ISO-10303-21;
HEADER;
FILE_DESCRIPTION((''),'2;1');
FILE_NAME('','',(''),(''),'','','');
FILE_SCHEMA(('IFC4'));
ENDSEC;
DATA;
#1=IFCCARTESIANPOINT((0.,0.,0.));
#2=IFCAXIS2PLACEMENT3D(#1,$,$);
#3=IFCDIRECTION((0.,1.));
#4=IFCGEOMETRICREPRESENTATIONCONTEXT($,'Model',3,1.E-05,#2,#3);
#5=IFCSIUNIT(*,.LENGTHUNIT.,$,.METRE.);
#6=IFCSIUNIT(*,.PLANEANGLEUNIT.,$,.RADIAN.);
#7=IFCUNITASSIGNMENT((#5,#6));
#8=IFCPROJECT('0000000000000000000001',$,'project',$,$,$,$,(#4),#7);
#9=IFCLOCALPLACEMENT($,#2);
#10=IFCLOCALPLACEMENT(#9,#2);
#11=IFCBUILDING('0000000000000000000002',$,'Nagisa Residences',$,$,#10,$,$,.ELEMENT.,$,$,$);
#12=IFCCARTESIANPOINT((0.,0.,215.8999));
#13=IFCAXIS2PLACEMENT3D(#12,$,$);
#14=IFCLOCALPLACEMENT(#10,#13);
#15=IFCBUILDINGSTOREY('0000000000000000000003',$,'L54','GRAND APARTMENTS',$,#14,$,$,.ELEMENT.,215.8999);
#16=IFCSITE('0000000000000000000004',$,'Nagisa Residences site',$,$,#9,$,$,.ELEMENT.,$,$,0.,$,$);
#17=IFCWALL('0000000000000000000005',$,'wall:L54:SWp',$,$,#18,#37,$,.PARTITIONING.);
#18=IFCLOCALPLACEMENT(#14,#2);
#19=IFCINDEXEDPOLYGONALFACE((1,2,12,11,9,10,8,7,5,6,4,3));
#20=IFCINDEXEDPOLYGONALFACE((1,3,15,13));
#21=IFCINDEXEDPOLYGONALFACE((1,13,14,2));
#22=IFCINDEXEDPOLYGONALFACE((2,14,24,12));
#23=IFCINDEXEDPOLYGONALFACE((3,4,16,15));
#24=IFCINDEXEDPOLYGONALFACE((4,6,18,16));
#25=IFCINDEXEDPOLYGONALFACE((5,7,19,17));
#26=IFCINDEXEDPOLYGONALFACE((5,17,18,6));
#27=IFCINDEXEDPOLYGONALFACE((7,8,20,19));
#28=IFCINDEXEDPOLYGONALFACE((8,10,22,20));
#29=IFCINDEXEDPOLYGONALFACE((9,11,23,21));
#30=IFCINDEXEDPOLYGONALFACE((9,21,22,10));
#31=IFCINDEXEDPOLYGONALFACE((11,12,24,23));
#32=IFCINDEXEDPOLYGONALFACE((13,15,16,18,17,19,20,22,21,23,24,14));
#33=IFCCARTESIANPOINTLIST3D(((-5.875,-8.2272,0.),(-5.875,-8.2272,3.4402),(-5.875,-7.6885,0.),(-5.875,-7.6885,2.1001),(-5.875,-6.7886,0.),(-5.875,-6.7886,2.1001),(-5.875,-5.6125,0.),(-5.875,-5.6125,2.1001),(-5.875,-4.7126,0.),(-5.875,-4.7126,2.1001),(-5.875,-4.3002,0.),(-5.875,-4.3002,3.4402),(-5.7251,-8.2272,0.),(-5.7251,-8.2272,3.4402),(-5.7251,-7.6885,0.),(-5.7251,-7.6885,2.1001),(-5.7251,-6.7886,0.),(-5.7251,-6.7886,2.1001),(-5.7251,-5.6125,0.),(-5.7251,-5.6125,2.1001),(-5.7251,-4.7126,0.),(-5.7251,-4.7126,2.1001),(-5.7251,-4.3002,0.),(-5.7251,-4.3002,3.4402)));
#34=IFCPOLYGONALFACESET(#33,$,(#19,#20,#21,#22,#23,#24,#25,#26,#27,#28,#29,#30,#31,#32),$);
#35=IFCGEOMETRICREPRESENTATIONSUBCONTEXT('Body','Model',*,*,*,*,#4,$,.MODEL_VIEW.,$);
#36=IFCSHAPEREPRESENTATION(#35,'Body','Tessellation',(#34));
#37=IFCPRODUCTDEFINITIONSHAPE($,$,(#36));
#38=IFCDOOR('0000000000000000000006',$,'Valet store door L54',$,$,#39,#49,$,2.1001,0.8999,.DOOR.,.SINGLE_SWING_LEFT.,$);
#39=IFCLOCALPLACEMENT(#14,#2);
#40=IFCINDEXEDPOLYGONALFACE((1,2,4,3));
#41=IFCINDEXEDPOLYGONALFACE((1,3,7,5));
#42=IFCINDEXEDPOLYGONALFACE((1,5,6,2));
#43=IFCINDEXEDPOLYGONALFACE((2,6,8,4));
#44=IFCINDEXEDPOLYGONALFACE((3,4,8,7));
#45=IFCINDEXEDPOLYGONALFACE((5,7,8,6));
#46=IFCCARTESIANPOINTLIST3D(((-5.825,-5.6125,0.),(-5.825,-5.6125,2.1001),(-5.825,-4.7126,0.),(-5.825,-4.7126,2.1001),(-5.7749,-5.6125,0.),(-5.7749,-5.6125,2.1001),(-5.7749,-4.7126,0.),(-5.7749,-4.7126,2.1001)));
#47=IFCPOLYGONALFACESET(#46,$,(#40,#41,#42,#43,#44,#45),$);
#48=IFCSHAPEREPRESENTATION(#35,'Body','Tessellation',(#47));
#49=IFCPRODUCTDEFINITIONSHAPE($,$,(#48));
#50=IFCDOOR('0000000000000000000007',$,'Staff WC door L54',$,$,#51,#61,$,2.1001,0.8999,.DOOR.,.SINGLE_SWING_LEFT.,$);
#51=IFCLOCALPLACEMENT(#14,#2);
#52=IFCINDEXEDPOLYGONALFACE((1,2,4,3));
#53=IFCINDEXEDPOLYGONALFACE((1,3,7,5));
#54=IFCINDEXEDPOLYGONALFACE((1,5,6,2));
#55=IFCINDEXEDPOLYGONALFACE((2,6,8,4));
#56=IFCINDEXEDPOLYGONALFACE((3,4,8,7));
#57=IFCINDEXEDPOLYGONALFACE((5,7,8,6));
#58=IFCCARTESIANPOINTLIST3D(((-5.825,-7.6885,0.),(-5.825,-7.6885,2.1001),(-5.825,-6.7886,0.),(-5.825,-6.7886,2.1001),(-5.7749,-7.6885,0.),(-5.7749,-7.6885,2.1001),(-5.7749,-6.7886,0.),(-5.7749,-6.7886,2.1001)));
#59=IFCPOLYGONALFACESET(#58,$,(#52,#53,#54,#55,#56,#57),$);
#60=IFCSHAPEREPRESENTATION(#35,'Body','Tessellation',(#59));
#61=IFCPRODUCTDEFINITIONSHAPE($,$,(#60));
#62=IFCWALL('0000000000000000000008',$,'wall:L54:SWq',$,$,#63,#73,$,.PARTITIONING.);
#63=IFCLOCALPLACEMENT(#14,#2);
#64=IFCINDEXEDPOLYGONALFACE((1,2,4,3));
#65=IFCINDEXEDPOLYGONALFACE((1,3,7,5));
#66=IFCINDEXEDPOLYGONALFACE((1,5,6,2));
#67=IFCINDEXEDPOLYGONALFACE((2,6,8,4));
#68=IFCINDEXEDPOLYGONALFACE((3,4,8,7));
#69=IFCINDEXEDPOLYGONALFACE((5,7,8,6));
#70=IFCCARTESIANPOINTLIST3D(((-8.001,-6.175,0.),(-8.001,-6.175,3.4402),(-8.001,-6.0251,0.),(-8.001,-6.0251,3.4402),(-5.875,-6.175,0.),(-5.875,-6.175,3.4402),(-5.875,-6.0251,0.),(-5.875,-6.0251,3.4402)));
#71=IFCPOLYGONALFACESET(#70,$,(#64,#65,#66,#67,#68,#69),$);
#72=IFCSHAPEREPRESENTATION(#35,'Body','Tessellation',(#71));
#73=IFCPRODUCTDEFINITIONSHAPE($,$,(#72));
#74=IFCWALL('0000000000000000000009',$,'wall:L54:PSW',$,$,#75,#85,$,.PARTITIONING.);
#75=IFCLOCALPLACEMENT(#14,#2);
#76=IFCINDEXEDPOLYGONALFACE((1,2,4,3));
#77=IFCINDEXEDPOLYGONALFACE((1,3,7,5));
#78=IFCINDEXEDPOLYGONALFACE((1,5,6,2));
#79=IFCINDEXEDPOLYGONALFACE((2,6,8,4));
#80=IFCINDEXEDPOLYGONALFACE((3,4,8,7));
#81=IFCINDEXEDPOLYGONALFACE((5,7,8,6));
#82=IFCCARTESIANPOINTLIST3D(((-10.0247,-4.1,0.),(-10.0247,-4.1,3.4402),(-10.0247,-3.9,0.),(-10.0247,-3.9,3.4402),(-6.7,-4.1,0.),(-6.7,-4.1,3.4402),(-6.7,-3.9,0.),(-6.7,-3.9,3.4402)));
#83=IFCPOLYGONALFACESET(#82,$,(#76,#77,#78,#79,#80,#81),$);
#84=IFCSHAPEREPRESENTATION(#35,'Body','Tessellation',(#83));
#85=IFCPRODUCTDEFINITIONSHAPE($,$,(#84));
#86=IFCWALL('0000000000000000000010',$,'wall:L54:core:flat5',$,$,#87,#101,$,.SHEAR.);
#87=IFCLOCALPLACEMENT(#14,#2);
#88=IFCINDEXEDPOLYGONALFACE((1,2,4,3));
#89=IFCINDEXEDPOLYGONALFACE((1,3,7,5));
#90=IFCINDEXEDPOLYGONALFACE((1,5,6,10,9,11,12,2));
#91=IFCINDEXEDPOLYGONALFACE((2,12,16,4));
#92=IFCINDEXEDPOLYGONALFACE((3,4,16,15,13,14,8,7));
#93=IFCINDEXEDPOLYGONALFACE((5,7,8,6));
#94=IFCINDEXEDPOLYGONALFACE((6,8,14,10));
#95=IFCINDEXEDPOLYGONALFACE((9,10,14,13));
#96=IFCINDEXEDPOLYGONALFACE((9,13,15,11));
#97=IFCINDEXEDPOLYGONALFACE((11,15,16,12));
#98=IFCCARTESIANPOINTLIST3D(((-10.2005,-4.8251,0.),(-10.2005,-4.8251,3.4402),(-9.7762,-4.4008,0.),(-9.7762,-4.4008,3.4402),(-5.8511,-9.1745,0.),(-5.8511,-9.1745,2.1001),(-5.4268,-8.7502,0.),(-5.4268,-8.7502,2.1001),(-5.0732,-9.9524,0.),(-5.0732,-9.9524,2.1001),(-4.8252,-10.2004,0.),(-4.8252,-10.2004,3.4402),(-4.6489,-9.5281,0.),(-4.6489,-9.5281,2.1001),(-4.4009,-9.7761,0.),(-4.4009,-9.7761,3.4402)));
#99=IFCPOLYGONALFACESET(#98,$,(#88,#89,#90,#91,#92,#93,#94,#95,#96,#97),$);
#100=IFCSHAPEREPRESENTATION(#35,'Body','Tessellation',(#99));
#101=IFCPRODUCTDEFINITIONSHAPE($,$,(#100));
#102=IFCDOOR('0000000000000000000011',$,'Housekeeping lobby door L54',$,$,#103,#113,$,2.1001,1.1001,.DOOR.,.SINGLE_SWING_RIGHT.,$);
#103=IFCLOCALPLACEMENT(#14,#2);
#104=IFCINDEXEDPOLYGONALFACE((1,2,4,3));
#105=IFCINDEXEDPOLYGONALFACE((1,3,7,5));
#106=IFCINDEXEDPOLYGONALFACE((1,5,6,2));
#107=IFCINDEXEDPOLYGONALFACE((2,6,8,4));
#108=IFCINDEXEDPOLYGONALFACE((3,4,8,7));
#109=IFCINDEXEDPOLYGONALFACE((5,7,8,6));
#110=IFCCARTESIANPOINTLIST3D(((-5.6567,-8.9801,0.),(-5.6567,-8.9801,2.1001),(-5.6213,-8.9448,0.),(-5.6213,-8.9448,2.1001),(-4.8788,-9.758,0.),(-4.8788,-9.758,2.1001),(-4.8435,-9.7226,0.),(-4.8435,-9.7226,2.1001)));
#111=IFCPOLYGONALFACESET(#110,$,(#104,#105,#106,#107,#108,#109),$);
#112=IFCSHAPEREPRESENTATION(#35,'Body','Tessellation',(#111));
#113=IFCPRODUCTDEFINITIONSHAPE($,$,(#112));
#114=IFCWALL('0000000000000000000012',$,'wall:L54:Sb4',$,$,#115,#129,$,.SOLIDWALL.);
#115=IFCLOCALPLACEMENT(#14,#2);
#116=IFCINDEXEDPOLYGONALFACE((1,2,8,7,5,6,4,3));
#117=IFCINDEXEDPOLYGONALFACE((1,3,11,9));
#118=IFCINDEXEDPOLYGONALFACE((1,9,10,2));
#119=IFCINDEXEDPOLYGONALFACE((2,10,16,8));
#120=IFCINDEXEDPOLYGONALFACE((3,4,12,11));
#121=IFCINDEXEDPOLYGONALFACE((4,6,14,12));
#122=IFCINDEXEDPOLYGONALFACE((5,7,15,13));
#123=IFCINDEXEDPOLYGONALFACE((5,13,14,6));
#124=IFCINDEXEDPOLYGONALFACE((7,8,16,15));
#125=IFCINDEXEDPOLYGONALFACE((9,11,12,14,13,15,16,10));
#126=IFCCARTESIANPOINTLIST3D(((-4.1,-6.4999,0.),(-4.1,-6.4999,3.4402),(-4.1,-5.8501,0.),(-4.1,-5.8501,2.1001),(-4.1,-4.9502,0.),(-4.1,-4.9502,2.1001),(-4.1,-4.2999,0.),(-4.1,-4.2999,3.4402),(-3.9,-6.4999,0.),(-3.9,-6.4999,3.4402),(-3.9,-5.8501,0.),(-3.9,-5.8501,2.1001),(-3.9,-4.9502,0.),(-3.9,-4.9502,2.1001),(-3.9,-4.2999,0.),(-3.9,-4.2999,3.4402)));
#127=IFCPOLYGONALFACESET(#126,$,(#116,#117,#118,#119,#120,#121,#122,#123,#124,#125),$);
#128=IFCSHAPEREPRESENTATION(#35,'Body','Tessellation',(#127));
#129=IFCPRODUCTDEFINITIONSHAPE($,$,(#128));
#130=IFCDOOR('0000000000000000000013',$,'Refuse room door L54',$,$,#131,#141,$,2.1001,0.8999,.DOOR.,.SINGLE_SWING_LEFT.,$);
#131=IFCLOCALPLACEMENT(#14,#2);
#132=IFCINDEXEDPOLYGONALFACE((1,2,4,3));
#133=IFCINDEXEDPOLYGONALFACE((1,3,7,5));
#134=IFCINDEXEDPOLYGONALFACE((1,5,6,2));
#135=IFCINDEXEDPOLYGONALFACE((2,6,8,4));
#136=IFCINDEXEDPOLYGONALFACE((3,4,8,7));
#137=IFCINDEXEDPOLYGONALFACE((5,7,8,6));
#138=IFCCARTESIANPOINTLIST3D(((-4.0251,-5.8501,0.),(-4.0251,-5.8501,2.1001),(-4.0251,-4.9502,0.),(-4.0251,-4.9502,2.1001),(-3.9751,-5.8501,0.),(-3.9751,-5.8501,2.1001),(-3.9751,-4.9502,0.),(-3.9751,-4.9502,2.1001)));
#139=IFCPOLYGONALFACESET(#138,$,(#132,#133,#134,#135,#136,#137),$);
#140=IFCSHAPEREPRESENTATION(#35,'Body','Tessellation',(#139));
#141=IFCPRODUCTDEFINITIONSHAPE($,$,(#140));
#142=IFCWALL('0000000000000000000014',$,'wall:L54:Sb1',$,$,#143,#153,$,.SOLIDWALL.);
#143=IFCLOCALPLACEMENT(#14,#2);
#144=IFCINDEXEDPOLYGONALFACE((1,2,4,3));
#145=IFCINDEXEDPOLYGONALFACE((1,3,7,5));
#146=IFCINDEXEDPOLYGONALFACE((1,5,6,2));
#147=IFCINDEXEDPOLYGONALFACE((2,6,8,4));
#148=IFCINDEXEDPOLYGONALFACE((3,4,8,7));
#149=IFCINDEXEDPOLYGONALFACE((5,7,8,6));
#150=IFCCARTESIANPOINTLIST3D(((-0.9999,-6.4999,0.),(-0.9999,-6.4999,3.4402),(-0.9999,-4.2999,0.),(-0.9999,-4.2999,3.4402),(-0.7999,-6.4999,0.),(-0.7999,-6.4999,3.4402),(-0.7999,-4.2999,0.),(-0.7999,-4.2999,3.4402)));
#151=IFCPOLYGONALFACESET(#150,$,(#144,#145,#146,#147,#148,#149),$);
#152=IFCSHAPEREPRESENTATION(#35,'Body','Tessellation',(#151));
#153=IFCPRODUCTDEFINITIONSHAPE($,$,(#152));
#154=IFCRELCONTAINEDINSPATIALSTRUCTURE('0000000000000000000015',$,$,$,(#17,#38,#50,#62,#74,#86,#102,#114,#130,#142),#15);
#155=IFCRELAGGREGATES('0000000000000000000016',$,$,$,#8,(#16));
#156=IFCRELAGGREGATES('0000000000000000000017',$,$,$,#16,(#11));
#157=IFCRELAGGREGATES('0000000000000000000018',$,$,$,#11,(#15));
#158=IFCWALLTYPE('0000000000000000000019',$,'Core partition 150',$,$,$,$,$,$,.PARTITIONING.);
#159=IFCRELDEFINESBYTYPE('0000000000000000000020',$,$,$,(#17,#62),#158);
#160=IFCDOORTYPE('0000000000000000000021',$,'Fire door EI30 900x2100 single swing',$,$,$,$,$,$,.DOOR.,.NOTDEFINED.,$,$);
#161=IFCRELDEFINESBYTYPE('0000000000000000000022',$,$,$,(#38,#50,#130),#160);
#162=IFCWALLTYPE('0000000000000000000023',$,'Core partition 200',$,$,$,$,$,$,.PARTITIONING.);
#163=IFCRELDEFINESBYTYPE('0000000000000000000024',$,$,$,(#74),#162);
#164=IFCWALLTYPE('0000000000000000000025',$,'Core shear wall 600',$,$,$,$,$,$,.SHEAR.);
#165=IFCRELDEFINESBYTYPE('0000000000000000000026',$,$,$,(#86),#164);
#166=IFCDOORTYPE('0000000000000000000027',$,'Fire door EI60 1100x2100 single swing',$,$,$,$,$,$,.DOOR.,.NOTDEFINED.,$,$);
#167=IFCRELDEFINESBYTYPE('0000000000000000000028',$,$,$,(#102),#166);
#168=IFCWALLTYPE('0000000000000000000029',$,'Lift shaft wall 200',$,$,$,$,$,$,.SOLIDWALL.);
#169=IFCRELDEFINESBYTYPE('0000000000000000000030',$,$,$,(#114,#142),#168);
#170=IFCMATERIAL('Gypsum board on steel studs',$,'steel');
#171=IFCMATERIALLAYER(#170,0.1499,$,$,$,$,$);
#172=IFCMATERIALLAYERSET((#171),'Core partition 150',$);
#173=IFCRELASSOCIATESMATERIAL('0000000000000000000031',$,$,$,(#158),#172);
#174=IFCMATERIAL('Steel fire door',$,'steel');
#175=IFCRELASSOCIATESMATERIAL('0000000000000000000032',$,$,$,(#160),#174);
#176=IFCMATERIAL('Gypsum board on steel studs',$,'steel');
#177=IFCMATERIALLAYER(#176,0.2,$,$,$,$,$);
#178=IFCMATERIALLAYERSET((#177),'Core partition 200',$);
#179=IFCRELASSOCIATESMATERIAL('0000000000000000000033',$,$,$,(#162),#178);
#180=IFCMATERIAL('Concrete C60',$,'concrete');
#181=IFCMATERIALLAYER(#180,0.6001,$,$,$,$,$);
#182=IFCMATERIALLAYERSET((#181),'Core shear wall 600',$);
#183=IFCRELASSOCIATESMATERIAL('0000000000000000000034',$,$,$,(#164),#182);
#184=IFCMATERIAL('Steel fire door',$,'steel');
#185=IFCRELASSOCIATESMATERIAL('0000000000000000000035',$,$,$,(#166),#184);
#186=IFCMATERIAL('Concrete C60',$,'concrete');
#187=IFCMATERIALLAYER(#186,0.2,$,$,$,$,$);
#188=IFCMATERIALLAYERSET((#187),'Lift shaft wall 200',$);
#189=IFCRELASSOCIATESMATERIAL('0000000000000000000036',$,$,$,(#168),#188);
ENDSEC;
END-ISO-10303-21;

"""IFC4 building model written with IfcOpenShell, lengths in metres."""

from ifc_helpers import new_model, si_unit, direction, frame, frame_2d, origin, place, context, subcontext, project, spatial, rectangle, extrude, material, layer, layer_set, type_object, element, fill, save


model = new_model("IFC4")

# Units and contexts
model_context = context("Model", 3, precision=1e-05, world=origin(), true_north=direction((0.0, 1.0)))
body_context = subcontext(model_context, "Body", "Model", "MODEL_VIEW")
ifc_project = project(units=[si_unit("LENGTHUNIT", "METRE"), si_unit("PLANEANGLEUNIT", "RADIAN")], contexts=[model_context])

# Site, building, storey
site_placement = place(None, origin())
site = spatial("IfcSite", under=ifc_project, at=site_placement, Name="Nagisa Residences site", CompositionType="ELEMENT", RefElevation=0.0)
building_placement = place(site_placement, origin())
building = spatial("IfcBuilding", under=site, at=building_placement, Name="Nagisa Residences", CompositionType="ELEMENT")
storey_placement = place(building_placement, frame((0.0, 0.0, 215.8999)))
storey = spatial("IfcBuildingStorey", under=building, at=storey_placement, Name="L54", Description="GRAND APARTMENTS", CompositionType="ELEMENT", Elevation=215.8999)

# Wall, openings, doors
ifc_material_1 = material(Name="Gypsum board on steel studs", Category="steel")
ifc_layer_1 = layer(ifc_material_1, 0.1499)
ifc_layer_set_1 = layer_set([ifc_layer_1], Name="Core partition 150")
wall_type_1 = type_object("IfcWallType", Name="Core partition 150", PredefinedType="PARTITIONING", material=ifc_layer_set_1)
wall_1_placement = place(storey_placement, frame((-5.8, -8.2271, 0.0), z_axis=(0.0, 0.0, 1.0), x_axis=(0.0, 1.0, 0.0)))
wall_1 = element("IfcWall", 1, at=wall_1_placement, inside=storey, type_object=wall_type_1, Name="wall:L54:SWp", PredefinedType="PARTITIONING", context=body_context, shape_type="SweptSolid", body=[
    extrude(rectangle(XDim=3.927, YDim=0.1499, at=frame_2d((1.9634, 0.0))), origin(), (0.0, 0.0, 1.0), 3.4402),
])
opening_1_placement = place(wall_1_placement, frame((2.6145, 0.0, 0.0)))
opening_1 = element("IfcOpeningElement", 2, at=opening_1_placement, cuts=wall_1, PredefinedType="OPENING", context=body_context, shape_type="SweptSolid", body=[
    extrude(rectangle(XDim=0.8999, YDim=2.1001, at=frame_2d((0.45, 1.05))), frame((0.0, 0.085, 0.0), z_axis=(0.0, -1.0, 0.0), x_axis=(1.0, 0.0, 0.0)), (0.0, 0.0, 1.0), 0.1699),
])
opening_2_placement = place(wall_1_placement, frame((0.5386, 0.0, 0.0)))
opening_2 = element("IfcOpeningElement", 3, at=opening_2_placement, cuts=wall_1, PredefinedType="OPENING", context=body_context, shape_type="SweptSolid", body=[
    extrude(rectangle(XDim=0.8999, YDim=2.1001, at=frame_2d((0.45, 1.05))), frame((0.0, 0.085, 0.0), z_axis=(0.0, -1.0, 0.0), x_axis=(1.0, 0.0, 0.0)), (0.0, 0.0, 1.0), 0.1699),
])
ifc_material_2 = material(Name="Steel fire door", Category="steel")
door_type_1 = type_object("IfcDoorType", Name="Fire door EI30 900x2100 single swing", OperationType="NOTDEFINED", PredefinedType="DOOR", material=ifc_material_2)
door_1_placement = place(opening_1_placement, origin())
door_1 = element("IfcDoor", 4, at=door_1_placement, inside=storey, type_object=door_type_1, Name="Valet store door L54", OperationType="SINGLE_SWING_LEFT", OverallHeight=2.1001, OverallWidth=0.8999, PredefinedType="DOOR", context=body_context, shape_type="SweptSolid", body=[
    extrude(rectangle(XDim=0.8999, YDim=2.1001, at=frame_2d((0.45, 1.05))), frame((0.0, 0.0249, 0.0), z_axis=(0.0, -1.0, 0.0), x_axis=(1.0, 0.0, 0.0)), (0.0, 0.0, 1.0), 0.05),
])
fill(opening_1, door_1)
door_2_placement = place(opening_2_placement, origin())
door_2 = element("IfcDoor", 5, at=door_2_placement, inside=storey, type_object=door_type_1, Name="Staff WC door L54", OperationType="SINGLE_SWING_LEFT", OverallHeight=2.1001, OverallWidth=0.8999, PredefinedType="DOOR", context=body_context, shape_type="SweptSolid", body=[
    extrude(rectangle(XDim=0.8999, YDim=2.1001, at=frame_2d((0.45, 1.05))), frame((0.0, 0.0249, 0.0), z_axis=(0.0, -1.0, 0.0), x_axis=(1.0, 0.0, 0.0)), (0.0, 0.0, 1.0), 0.05),
])
fill(opening_2, door_2)

# Walls
wall_2_placement = place(storey_placement, frame((-8.001, -6.1001, 0.0), z_axis=(0.0, 0.0, 1.0), x_axis=(1.0, 0.0, 0.0)))
element("IfcWall", 6, at=wall_2_placement, inside=storey, type_object=wall_type_1, Name="wall:L54:SWq", PredefinedType="PARTITIONING", context=body_context, shape_type="SweptSolid", body=[
    extrude(rectangle(XDim=2.126, YDim=0.1499, at=frame_2d((1.063, 0.0))), origin(), (0.0, 0.0, 1.0), 3.4402),
])
ifc_material_3 = material(Name="Gypsum board on steel studs", Category="steel")
ifc_layer_2 = layer(ifc_material_3, 0.2)
ifc_layer_set_2 = layer_set([ifc_layer_2], Name="Core partition 200")
wall_type_2 = type_object("IfcWallType", Name="Core partition 200", PredefinedType="PARTITIONING", material=ifc_layer_set_2)
wall_3_placement = place(storey_placement, frame((-10.0247, -4.0, 0.0), z_axis=(0.0, 0.0, 1.0), x_axis=(1.0, 0.0, 0.0)))
element("IfcWall", 7, at=wall_3_placement, inside=storey, type_object=wall_type_2, Name="wall:L54:PSW", PredefinedType="PARTITIONING", context=body_context, shape_type="SweptSolid", body=[
    extrude(rectangle(XDim=3.3247, YDim=0.2, at=frame_2d((1.6624, 0.0))), origin(), (0.0, 0.0, 1.0), 3.4402),
])

# Walls, openings, doors
ifc_material_4 = material(Name="Concrete C60", Category="concrete")
ifc_layer_3 = layer(ifc_material_4, 0.6001)
ifc_layer_set_3 = layer_set([ifc_layer_3], Name="Core shear wall 600")
wall_type_3 = type_object("IfcWallType", Name="Core shear wall 600", PredefinedType="SHEAR", material=ifc_layer_set_3)
wall_4_placement = place(storey_placement, frame((-9.9883, -4.613, 0.0), z_axis=(0.0, 0.0, 1.0), x_axis=(0.707107, -0.707107, 0.0)))
wall_4 = element("IfcWall", 8, at=wall_4_placement, inside=storey, type_object=wall_type_3, Name="wall:L54:core:flat5", PredefinedType="SHEAR", context=body_context, shape_type="SweptSolid", body=[
    extrude(rectangle(XDim=7.6018, YDim=0.6001, at=frame_2d((3.8008, 0.0))), origin(), (0.0, 0.0, 1.0), 3.4402),
])
opening_3_placement = place(wall_4_placement, frame((6.1509, 0.0, 0.0)))
opening_3 = element("IfcOpeningElement", 9, at=opening_3_placement, cuts=wall_4, PredefinedType="OPENING", context=body_context, shape_type="SweptSolid", body=[
    extrude(rectangle(XDim=1.1001, YDim=2.1001, at=frame_2d((0.55, 1.05))), frame((0.0, 0.3101, 0.0), z_axis=(0.0, -1.0, 0.0), x_axis=(1.0, 0.0, 0.0)), (0.0, 0.0, 1.0), 0.6201),
])
ifc_material_5 = material(Name="Steel fire door", Category="steel")
door_type_2 = type_object("IfcDoorType", Name="Fire door EI60 1100x2100 single swing", OperationType="NOTDEFINED", PredefinedType="DOOR", material=ifc_material_5)
door_3_placement = place(opening_3_placement, origin())
door_3 = element("IfcDoor", 10, at=door_3_placement, inside=storey, type_object=door_type_2, Name="Housekeeping lobby door L54", OperationType="SINGLE_SWING_RIGHT", OverallHeight=2.1001, OverallWidth=1.1001, PredefinedType="DOOR", context=body_context, shape_type="SweptSolid", body=[
    extrude(rectangle(XDim=1.1001, YDim=2.1001, at=frame_2d((0.55, 1.05))), frame((0.0, 0.0249, 0.0), z_axis=(0.0, -1.0, 0.0), x_axis=(1.0, 0.0, 0.0)), (0.0, 0.0, 1.0), 0.05),
])
fill(opening_3, door_3)
ifc_material_6 = material(Name="Concrete C60", Category="concrete")
ifc_layer_4 = layer(ifc_material_6, 0.2)
ifc_layer_set_4 = layer_set([ifc_layer_4], Name="Lift shaft wall 200")
wall_type_4 = type_object("IfcWallType", Name="Lift shaft wall 200", PredefinedType="SOLIDWALL", material=ifc_layer_set_4)
wall_5_placement = place(storey_placement, frame((-4.0, -6.5, 0.0), z_axis=(0.0, 0.0, 1.0), x_axis=(0.0, 1.0, 0.0)))
wall_5 = element("IfcWall", 11, at=wall_5_placement, inside=storey, type_object=wall_type_4, Name="wall:L54:Sb4", PredefinedType="SOLIDWALL", context=body_context, shape_type="SweptSolid", body=[
    extrude(rectangle(XDim=2.2, YDim=0.2, at=frame_2d((1.1001, 0.0))), origin(), (0.0, 0.0, 1.0), 3.4402),
])
opening_4_placement = place(wall_5_placement, frame((0.6499, 0.0, 0.0)))
opening_4 = element("IfcOpeningElement", 12, at=opening_4_placement, cuts=wall_5, PredefinedType="OPENING", context=body_context, shape_type="SweptSolid", body=[
    extrude(rectangle(XDim=0.8999, YDim=2.1001, at=frame_2d((0.45, 1.05))), frame((0.0, 0.1099, 0.0), z_axis=(0.0, -1.0, 0.0), x_axis=(1.0, 0.0, 0.0)), (0.0, 0.0, 1.0), 0.22),
])
door_4_placement = place(opening_4_placement, frame((0.8999, 0.0, 0.0), x_axis=(-1.0, 0.0, 0.0)))
door_4 = element("IfcDoor", 13, at=door_4_placement, inside=storey, type_object=door_type_1, Name="Refuse room door L54", OperationType="SINGLE_SWING_LEFT", OverallHeight=2.1001, OverallWidth=0.8999, PredefinedType="DOOR", context=body_context, shape_type="SweptSolid", body=[
    extrude(rectangle(XDim=0.8999, YDim=2.1001, at=frame_2d((0.45, 1.05))), frame((0.0, 0.0249, 0.0), z_axis=(0.0, -1.0, 0.0), x_axis=(1.0, 0.0, 0.0)), (0.0, 0.0, 1.0), 0.05),
])
fill(opening_4, door_4)

# Wall
wall_6_placement = place(storey_placement, frame((-0.8999, -6.5, 0.0), z_axis=(0.0, 0.0, 1.0), x_axis=(0.0, 1.0, 0.0)))
element("IfcWall", 14, at=wall_6_placement, inside=storey, type_object=wall_type_4, Name="wall:L54:Sb1", PredefinedType="SOLIDWALL", context=body_context, shape_type="SweptSolid", body=[
    extrude(rectangle(XDim=2.2, YDim=0.2, at=frame_2d((1.1001, 0.0))), origin(), (0.0, 0.0, 1.0), 3.4402),
])

save(model, "model.ifc")
